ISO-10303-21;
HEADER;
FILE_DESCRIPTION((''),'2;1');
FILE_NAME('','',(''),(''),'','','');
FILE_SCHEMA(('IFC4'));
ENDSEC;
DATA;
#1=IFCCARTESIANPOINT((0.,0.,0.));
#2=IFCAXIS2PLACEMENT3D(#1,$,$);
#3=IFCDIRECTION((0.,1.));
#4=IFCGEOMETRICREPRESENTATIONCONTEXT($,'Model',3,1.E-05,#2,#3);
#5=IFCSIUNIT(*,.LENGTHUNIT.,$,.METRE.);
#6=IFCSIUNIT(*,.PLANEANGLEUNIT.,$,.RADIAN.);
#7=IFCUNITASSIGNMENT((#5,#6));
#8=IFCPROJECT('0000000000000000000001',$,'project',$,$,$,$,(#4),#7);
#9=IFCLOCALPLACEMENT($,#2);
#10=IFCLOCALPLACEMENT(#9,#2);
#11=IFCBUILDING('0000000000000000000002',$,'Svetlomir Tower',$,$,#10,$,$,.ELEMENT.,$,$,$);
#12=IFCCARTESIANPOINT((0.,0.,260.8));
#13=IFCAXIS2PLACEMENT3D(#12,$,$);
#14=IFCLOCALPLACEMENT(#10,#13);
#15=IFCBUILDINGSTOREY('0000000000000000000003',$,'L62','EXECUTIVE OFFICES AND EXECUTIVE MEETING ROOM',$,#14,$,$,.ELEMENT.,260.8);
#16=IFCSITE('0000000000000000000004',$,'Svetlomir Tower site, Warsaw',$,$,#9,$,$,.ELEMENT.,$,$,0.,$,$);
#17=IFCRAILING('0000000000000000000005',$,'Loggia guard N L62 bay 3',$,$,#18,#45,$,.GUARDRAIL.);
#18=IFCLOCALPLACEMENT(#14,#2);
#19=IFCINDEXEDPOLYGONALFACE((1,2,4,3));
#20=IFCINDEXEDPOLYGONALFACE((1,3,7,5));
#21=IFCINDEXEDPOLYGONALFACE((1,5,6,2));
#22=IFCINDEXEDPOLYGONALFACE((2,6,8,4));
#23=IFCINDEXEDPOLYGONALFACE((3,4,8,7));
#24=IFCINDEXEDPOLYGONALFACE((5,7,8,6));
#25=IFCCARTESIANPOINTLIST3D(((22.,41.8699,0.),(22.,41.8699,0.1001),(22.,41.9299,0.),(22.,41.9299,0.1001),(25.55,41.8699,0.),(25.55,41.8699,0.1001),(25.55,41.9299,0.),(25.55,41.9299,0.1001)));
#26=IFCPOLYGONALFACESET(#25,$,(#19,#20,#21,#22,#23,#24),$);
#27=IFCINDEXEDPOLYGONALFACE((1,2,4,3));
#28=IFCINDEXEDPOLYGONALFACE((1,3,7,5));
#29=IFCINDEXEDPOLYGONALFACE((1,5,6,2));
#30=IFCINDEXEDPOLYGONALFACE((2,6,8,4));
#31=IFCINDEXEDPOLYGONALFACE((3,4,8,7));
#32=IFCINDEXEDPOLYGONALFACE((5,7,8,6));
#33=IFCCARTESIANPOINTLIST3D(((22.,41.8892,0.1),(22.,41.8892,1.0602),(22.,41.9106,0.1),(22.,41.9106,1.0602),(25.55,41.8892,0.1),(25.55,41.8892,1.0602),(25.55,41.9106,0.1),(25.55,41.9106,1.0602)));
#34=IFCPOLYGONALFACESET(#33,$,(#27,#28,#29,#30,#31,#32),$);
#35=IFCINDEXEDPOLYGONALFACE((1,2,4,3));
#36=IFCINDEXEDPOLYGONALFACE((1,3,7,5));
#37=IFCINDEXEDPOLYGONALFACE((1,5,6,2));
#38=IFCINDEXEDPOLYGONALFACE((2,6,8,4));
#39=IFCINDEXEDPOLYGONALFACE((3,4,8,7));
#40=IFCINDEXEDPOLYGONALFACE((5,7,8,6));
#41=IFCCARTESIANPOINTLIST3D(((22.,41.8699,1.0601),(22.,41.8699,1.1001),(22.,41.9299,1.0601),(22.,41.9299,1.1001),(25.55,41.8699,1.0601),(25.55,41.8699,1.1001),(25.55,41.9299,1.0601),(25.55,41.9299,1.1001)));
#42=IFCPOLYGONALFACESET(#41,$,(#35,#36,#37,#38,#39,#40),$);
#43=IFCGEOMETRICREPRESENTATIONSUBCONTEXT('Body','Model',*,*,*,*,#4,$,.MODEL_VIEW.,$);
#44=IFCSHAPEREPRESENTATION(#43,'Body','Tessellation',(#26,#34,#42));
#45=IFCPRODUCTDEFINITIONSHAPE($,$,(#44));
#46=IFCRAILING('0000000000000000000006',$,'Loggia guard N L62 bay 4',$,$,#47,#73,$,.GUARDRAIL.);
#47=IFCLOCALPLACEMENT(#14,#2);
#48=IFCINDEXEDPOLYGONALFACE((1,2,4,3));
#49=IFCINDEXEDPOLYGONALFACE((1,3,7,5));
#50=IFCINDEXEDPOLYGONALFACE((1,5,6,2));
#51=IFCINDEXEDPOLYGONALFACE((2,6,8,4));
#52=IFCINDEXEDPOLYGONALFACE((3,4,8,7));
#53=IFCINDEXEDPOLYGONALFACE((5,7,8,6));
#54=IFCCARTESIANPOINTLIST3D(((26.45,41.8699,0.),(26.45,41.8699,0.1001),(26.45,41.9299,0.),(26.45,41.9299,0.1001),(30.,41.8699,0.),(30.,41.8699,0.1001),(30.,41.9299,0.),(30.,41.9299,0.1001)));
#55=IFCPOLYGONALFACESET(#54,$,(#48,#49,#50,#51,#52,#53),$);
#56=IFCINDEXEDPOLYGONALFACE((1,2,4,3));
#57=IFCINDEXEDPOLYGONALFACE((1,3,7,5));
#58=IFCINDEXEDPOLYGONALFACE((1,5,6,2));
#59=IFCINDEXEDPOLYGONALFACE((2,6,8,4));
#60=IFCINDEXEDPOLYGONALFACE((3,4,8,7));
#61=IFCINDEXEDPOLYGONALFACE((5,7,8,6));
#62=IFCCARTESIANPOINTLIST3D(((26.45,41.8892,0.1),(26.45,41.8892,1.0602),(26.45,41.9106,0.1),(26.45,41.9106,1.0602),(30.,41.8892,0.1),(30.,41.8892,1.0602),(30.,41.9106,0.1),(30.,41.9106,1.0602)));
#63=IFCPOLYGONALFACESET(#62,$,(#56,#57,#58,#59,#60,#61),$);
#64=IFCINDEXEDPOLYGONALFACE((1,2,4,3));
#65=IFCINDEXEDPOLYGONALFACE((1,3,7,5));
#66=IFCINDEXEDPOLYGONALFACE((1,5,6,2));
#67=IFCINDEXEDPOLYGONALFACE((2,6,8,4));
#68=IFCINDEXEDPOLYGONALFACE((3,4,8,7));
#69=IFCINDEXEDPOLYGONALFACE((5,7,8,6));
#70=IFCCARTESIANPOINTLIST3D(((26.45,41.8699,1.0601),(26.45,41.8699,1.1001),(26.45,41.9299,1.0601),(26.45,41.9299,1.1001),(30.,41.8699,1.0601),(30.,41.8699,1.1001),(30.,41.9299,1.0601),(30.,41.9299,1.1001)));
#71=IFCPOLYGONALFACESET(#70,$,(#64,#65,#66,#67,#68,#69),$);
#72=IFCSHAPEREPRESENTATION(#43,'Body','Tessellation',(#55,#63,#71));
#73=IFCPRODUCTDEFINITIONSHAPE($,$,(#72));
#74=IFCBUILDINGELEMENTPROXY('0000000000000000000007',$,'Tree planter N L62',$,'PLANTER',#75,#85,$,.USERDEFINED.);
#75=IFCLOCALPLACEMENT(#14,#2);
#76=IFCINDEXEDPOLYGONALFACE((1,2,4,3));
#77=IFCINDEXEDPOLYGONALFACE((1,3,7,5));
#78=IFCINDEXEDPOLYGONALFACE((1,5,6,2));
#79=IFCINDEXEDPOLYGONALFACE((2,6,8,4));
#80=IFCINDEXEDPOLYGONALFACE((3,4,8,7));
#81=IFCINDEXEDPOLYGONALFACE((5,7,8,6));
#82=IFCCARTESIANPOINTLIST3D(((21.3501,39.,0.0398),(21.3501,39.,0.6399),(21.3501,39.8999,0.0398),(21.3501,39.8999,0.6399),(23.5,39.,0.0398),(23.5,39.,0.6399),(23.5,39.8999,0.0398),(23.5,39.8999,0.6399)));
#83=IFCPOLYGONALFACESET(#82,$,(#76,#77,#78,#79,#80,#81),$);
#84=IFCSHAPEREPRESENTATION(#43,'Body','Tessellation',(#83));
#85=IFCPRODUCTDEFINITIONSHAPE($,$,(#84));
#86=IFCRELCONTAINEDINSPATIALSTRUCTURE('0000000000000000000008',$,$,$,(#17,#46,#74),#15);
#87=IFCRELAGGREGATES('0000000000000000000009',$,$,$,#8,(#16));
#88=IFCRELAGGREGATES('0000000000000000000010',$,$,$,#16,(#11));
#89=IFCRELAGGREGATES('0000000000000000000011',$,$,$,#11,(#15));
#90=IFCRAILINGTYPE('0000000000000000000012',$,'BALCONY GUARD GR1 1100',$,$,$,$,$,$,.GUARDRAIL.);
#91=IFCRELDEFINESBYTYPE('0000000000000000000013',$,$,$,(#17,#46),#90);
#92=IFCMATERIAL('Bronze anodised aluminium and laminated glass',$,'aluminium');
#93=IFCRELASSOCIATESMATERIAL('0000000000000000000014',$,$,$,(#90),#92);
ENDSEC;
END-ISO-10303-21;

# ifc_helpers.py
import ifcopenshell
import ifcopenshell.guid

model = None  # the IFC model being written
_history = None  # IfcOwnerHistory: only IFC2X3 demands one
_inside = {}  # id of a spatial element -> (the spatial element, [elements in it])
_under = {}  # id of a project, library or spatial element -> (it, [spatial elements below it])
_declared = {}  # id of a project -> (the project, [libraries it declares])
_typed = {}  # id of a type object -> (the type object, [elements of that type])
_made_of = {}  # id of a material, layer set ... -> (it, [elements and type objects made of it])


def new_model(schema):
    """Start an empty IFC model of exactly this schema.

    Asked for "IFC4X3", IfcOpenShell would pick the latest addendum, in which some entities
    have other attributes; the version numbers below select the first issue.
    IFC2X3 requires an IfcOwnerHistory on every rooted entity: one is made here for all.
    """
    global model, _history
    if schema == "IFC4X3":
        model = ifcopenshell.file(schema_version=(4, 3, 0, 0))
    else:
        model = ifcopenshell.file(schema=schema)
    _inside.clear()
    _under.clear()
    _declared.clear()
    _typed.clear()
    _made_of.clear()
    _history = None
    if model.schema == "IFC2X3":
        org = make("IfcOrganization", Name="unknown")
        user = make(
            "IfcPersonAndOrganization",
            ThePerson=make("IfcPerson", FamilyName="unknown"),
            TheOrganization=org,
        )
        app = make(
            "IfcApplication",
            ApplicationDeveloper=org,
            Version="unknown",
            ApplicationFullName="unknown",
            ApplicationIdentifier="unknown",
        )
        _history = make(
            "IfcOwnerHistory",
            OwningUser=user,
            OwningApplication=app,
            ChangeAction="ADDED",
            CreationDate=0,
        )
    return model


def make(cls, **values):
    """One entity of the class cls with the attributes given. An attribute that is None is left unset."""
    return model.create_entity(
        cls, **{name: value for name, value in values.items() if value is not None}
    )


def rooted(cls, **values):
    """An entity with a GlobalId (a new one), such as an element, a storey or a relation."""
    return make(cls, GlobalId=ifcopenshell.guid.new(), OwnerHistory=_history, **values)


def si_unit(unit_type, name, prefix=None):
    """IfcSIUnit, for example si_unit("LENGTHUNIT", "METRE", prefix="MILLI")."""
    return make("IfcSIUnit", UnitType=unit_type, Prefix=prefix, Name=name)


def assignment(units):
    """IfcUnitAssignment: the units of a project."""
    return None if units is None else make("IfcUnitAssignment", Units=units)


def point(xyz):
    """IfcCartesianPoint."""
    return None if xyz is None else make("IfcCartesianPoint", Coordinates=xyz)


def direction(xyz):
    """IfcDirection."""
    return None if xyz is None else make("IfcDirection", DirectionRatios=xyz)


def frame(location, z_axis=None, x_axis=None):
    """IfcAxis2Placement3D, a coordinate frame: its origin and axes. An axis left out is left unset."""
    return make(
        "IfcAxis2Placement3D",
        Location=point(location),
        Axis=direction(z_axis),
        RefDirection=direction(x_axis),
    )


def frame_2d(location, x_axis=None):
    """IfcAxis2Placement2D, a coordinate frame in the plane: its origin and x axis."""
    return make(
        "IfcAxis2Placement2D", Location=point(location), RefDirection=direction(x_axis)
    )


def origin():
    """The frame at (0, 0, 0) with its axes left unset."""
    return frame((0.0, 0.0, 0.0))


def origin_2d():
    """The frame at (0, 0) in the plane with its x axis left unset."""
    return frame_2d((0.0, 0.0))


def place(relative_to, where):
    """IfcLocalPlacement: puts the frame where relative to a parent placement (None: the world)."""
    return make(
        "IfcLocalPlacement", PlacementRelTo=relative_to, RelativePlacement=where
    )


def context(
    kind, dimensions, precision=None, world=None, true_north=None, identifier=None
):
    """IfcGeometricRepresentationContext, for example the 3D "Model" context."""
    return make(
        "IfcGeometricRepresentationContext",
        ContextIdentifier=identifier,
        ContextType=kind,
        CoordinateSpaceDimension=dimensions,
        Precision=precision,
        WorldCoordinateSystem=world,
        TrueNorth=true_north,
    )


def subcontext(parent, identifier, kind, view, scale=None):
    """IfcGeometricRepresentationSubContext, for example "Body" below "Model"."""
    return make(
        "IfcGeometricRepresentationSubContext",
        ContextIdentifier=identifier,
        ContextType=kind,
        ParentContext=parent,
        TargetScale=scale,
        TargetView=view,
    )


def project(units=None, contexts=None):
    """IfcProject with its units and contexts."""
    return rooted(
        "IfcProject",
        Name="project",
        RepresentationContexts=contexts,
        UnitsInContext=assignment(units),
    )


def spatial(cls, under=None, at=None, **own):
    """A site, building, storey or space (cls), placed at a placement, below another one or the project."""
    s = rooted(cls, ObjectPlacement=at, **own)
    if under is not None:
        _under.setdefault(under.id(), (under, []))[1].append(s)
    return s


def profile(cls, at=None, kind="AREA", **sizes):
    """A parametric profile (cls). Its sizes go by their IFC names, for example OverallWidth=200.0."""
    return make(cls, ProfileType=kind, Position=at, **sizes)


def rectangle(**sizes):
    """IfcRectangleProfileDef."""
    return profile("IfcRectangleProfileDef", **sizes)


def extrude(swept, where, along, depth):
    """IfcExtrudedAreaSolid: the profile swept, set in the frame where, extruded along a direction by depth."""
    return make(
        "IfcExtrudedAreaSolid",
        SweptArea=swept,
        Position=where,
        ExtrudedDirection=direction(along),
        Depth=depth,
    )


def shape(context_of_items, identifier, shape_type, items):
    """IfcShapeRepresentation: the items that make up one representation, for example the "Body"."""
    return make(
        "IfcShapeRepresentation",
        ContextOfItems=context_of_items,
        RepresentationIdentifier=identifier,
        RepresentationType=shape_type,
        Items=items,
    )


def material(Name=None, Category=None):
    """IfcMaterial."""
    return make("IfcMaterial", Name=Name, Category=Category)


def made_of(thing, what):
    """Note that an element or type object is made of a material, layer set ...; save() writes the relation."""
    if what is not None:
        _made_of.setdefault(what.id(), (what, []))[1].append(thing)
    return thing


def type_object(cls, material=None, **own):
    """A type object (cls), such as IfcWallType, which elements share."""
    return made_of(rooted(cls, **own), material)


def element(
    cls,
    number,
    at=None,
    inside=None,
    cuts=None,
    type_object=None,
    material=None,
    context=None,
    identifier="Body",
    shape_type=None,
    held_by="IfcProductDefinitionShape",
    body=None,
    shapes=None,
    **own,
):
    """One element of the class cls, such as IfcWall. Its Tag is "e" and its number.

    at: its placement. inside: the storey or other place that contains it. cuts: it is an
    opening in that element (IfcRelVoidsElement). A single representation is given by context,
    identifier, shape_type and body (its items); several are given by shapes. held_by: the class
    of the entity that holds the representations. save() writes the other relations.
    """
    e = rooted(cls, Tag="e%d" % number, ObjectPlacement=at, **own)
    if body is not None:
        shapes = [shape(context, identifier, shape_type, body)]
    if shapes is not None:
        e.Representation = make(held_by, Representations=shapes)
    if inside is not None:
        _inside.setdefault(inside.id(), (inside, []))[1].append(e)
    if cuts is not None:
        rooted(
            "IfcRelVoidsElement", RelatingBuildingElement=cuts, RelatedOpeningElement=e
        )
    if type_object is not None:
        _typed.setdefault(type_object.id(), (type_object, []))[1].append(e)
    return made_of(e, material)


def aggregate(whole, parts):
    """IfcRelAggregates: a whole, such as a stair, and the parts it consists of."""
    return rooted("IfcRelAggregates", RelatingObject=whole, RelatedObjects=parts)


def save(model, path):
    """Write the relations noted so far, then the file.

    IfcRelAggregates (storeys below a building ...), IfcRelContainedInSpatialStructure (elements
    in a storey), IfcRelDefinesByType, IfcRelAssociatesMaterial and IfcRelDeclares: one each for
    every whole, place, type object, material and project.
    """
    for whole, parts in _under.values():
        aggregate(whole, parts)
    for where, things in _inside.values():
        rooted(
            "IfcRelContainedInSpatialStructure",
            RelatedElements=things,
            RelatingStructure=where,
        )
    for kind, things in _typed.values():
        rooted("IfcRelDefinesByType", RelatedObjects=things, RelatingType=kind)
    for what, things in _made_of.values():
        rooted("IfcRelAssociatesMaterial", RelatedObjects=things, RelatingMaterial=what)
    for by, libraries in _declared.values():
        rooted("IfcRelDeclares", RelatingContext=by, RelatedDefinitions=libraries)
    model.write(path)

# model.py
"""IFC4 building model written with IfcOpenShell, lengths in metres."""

from ifc_helpers import new_model, si_unit, direction, frame, origin, origin_2d, place, context, subcontext, project, spatial, rectangle, extrude, material, type_object, element, save


model = new_model("IFC4")

# Units and contexts
model_context = context("Model", 3, precision=1e-05, world=origin(), true_north=direction((0.0, 1.0)))
body_context = subcontext(model_context, "Body", "Model", "MODEL_VIEW")
ifc_project = project(units=[si_unit("LENGTHUNIT", "METRE"), si_unit("PLANEANGLEUNIT", "RADIAN")], contexts=[model_context])

# Site, building, storey
site_placement = place(None, origin())
site = spatial("IfcSite", under=ifc_project, at=site_placement, Name="Svetlomir Tower site, Warsaw", CompositionType="ELEMENT", RefElevation=0.0)
building_placement = place(site_placement, origin())
building = spatial("IfcBuilding", under=site, at=building_placement, Name="Svetlomir Tower", CompositionType="ELEMENT")
storey_placement = place(building_placement, frame((0.0, 0.0, 260.8)))
storey = spatial("IfcBuildingStorey", under=building, at=storey_placement, Name="L62", Description="EXECUTIVE OFFICES AND EXECUTIVE MEETING ROOM", CompositionType="ELEMENT", Elevation=260.8)

# Railings
ifc_material_1 = material(Name="Bronze anodised aluminium and laminated glass", Category="aluminium")
railing_type = type_object("IfcRailingType", Name="BALCONY GUARD GR1 1100", PredefinedType="GUARDRAIL", material=ifc_material_1)
for number, where, name in (
    (1, (22.0, 41.8999, 0.0), "Loggia guard N L62 bay 3"),
    (2, (26.45, 41.8999, 0.0), "Loggia guard N L62 bay 4"),
):
    element("IfcRailing", number, at=place(storey_placement, frame(where)), inside=storey, type_object=railing_type, Name=name, PredefinedType="GUARDRAIL", context=body_context, shape_type="SweptSolid", body=[
        extrude(rectangle(XDim=0.0601, YDim=0.1001, at=origin_2d()), frame((0.0, 0.0, 0.05), z_axis=(1.0, 0.0, 0.0), x_axis=(0.0, 1.0, 0.0)), (0.0, 0.0, 1.0), 3.55),
        extrude(rectangle(XDim=0.0215, YDim=0.9602, at=origin_2d()), frame((0.0, 0.0, 0.5801), z_axis=(1.0, 0.0, 0.0), x_axis=(0.0, 1.0, 0.0)), (0.0, 0.0, 1.0), 3.55),
        extrude(rectangle(XDim=0.0601, YDim=0.04, at=origin_2d()), frame((0.0, 0.0, 1.0801), z_axis=(1.0, 0.0, 0.0), x_axis=(0.0, 1.0, 0.0)), (0.0, 0.0, 1.0), 3.55),
    ])

# Building element proxy
proxy_placement = place(storey_placement, frame((22.425, 39.45, 0.0398), z_axis=(0.0, 0.0, 1.0), x_axis=(1.0, 0.0, 0.0)))
element("IfcBuildingElementProxy", 3, at=proxy_placement, inside=storey, Name="Tree planter N L62", ObjectType="PLANTER", PredefinedType="USERDEFINED", context=body_context, shape_type="SweptSolid", body=[
    extrude(rectangle(XDim=2.1499, YDim=0.8999, at=origin_2d()), origin(), (0.0, 0.0, 1.0), 0.6001),
])

save(model, "model.ifc")
